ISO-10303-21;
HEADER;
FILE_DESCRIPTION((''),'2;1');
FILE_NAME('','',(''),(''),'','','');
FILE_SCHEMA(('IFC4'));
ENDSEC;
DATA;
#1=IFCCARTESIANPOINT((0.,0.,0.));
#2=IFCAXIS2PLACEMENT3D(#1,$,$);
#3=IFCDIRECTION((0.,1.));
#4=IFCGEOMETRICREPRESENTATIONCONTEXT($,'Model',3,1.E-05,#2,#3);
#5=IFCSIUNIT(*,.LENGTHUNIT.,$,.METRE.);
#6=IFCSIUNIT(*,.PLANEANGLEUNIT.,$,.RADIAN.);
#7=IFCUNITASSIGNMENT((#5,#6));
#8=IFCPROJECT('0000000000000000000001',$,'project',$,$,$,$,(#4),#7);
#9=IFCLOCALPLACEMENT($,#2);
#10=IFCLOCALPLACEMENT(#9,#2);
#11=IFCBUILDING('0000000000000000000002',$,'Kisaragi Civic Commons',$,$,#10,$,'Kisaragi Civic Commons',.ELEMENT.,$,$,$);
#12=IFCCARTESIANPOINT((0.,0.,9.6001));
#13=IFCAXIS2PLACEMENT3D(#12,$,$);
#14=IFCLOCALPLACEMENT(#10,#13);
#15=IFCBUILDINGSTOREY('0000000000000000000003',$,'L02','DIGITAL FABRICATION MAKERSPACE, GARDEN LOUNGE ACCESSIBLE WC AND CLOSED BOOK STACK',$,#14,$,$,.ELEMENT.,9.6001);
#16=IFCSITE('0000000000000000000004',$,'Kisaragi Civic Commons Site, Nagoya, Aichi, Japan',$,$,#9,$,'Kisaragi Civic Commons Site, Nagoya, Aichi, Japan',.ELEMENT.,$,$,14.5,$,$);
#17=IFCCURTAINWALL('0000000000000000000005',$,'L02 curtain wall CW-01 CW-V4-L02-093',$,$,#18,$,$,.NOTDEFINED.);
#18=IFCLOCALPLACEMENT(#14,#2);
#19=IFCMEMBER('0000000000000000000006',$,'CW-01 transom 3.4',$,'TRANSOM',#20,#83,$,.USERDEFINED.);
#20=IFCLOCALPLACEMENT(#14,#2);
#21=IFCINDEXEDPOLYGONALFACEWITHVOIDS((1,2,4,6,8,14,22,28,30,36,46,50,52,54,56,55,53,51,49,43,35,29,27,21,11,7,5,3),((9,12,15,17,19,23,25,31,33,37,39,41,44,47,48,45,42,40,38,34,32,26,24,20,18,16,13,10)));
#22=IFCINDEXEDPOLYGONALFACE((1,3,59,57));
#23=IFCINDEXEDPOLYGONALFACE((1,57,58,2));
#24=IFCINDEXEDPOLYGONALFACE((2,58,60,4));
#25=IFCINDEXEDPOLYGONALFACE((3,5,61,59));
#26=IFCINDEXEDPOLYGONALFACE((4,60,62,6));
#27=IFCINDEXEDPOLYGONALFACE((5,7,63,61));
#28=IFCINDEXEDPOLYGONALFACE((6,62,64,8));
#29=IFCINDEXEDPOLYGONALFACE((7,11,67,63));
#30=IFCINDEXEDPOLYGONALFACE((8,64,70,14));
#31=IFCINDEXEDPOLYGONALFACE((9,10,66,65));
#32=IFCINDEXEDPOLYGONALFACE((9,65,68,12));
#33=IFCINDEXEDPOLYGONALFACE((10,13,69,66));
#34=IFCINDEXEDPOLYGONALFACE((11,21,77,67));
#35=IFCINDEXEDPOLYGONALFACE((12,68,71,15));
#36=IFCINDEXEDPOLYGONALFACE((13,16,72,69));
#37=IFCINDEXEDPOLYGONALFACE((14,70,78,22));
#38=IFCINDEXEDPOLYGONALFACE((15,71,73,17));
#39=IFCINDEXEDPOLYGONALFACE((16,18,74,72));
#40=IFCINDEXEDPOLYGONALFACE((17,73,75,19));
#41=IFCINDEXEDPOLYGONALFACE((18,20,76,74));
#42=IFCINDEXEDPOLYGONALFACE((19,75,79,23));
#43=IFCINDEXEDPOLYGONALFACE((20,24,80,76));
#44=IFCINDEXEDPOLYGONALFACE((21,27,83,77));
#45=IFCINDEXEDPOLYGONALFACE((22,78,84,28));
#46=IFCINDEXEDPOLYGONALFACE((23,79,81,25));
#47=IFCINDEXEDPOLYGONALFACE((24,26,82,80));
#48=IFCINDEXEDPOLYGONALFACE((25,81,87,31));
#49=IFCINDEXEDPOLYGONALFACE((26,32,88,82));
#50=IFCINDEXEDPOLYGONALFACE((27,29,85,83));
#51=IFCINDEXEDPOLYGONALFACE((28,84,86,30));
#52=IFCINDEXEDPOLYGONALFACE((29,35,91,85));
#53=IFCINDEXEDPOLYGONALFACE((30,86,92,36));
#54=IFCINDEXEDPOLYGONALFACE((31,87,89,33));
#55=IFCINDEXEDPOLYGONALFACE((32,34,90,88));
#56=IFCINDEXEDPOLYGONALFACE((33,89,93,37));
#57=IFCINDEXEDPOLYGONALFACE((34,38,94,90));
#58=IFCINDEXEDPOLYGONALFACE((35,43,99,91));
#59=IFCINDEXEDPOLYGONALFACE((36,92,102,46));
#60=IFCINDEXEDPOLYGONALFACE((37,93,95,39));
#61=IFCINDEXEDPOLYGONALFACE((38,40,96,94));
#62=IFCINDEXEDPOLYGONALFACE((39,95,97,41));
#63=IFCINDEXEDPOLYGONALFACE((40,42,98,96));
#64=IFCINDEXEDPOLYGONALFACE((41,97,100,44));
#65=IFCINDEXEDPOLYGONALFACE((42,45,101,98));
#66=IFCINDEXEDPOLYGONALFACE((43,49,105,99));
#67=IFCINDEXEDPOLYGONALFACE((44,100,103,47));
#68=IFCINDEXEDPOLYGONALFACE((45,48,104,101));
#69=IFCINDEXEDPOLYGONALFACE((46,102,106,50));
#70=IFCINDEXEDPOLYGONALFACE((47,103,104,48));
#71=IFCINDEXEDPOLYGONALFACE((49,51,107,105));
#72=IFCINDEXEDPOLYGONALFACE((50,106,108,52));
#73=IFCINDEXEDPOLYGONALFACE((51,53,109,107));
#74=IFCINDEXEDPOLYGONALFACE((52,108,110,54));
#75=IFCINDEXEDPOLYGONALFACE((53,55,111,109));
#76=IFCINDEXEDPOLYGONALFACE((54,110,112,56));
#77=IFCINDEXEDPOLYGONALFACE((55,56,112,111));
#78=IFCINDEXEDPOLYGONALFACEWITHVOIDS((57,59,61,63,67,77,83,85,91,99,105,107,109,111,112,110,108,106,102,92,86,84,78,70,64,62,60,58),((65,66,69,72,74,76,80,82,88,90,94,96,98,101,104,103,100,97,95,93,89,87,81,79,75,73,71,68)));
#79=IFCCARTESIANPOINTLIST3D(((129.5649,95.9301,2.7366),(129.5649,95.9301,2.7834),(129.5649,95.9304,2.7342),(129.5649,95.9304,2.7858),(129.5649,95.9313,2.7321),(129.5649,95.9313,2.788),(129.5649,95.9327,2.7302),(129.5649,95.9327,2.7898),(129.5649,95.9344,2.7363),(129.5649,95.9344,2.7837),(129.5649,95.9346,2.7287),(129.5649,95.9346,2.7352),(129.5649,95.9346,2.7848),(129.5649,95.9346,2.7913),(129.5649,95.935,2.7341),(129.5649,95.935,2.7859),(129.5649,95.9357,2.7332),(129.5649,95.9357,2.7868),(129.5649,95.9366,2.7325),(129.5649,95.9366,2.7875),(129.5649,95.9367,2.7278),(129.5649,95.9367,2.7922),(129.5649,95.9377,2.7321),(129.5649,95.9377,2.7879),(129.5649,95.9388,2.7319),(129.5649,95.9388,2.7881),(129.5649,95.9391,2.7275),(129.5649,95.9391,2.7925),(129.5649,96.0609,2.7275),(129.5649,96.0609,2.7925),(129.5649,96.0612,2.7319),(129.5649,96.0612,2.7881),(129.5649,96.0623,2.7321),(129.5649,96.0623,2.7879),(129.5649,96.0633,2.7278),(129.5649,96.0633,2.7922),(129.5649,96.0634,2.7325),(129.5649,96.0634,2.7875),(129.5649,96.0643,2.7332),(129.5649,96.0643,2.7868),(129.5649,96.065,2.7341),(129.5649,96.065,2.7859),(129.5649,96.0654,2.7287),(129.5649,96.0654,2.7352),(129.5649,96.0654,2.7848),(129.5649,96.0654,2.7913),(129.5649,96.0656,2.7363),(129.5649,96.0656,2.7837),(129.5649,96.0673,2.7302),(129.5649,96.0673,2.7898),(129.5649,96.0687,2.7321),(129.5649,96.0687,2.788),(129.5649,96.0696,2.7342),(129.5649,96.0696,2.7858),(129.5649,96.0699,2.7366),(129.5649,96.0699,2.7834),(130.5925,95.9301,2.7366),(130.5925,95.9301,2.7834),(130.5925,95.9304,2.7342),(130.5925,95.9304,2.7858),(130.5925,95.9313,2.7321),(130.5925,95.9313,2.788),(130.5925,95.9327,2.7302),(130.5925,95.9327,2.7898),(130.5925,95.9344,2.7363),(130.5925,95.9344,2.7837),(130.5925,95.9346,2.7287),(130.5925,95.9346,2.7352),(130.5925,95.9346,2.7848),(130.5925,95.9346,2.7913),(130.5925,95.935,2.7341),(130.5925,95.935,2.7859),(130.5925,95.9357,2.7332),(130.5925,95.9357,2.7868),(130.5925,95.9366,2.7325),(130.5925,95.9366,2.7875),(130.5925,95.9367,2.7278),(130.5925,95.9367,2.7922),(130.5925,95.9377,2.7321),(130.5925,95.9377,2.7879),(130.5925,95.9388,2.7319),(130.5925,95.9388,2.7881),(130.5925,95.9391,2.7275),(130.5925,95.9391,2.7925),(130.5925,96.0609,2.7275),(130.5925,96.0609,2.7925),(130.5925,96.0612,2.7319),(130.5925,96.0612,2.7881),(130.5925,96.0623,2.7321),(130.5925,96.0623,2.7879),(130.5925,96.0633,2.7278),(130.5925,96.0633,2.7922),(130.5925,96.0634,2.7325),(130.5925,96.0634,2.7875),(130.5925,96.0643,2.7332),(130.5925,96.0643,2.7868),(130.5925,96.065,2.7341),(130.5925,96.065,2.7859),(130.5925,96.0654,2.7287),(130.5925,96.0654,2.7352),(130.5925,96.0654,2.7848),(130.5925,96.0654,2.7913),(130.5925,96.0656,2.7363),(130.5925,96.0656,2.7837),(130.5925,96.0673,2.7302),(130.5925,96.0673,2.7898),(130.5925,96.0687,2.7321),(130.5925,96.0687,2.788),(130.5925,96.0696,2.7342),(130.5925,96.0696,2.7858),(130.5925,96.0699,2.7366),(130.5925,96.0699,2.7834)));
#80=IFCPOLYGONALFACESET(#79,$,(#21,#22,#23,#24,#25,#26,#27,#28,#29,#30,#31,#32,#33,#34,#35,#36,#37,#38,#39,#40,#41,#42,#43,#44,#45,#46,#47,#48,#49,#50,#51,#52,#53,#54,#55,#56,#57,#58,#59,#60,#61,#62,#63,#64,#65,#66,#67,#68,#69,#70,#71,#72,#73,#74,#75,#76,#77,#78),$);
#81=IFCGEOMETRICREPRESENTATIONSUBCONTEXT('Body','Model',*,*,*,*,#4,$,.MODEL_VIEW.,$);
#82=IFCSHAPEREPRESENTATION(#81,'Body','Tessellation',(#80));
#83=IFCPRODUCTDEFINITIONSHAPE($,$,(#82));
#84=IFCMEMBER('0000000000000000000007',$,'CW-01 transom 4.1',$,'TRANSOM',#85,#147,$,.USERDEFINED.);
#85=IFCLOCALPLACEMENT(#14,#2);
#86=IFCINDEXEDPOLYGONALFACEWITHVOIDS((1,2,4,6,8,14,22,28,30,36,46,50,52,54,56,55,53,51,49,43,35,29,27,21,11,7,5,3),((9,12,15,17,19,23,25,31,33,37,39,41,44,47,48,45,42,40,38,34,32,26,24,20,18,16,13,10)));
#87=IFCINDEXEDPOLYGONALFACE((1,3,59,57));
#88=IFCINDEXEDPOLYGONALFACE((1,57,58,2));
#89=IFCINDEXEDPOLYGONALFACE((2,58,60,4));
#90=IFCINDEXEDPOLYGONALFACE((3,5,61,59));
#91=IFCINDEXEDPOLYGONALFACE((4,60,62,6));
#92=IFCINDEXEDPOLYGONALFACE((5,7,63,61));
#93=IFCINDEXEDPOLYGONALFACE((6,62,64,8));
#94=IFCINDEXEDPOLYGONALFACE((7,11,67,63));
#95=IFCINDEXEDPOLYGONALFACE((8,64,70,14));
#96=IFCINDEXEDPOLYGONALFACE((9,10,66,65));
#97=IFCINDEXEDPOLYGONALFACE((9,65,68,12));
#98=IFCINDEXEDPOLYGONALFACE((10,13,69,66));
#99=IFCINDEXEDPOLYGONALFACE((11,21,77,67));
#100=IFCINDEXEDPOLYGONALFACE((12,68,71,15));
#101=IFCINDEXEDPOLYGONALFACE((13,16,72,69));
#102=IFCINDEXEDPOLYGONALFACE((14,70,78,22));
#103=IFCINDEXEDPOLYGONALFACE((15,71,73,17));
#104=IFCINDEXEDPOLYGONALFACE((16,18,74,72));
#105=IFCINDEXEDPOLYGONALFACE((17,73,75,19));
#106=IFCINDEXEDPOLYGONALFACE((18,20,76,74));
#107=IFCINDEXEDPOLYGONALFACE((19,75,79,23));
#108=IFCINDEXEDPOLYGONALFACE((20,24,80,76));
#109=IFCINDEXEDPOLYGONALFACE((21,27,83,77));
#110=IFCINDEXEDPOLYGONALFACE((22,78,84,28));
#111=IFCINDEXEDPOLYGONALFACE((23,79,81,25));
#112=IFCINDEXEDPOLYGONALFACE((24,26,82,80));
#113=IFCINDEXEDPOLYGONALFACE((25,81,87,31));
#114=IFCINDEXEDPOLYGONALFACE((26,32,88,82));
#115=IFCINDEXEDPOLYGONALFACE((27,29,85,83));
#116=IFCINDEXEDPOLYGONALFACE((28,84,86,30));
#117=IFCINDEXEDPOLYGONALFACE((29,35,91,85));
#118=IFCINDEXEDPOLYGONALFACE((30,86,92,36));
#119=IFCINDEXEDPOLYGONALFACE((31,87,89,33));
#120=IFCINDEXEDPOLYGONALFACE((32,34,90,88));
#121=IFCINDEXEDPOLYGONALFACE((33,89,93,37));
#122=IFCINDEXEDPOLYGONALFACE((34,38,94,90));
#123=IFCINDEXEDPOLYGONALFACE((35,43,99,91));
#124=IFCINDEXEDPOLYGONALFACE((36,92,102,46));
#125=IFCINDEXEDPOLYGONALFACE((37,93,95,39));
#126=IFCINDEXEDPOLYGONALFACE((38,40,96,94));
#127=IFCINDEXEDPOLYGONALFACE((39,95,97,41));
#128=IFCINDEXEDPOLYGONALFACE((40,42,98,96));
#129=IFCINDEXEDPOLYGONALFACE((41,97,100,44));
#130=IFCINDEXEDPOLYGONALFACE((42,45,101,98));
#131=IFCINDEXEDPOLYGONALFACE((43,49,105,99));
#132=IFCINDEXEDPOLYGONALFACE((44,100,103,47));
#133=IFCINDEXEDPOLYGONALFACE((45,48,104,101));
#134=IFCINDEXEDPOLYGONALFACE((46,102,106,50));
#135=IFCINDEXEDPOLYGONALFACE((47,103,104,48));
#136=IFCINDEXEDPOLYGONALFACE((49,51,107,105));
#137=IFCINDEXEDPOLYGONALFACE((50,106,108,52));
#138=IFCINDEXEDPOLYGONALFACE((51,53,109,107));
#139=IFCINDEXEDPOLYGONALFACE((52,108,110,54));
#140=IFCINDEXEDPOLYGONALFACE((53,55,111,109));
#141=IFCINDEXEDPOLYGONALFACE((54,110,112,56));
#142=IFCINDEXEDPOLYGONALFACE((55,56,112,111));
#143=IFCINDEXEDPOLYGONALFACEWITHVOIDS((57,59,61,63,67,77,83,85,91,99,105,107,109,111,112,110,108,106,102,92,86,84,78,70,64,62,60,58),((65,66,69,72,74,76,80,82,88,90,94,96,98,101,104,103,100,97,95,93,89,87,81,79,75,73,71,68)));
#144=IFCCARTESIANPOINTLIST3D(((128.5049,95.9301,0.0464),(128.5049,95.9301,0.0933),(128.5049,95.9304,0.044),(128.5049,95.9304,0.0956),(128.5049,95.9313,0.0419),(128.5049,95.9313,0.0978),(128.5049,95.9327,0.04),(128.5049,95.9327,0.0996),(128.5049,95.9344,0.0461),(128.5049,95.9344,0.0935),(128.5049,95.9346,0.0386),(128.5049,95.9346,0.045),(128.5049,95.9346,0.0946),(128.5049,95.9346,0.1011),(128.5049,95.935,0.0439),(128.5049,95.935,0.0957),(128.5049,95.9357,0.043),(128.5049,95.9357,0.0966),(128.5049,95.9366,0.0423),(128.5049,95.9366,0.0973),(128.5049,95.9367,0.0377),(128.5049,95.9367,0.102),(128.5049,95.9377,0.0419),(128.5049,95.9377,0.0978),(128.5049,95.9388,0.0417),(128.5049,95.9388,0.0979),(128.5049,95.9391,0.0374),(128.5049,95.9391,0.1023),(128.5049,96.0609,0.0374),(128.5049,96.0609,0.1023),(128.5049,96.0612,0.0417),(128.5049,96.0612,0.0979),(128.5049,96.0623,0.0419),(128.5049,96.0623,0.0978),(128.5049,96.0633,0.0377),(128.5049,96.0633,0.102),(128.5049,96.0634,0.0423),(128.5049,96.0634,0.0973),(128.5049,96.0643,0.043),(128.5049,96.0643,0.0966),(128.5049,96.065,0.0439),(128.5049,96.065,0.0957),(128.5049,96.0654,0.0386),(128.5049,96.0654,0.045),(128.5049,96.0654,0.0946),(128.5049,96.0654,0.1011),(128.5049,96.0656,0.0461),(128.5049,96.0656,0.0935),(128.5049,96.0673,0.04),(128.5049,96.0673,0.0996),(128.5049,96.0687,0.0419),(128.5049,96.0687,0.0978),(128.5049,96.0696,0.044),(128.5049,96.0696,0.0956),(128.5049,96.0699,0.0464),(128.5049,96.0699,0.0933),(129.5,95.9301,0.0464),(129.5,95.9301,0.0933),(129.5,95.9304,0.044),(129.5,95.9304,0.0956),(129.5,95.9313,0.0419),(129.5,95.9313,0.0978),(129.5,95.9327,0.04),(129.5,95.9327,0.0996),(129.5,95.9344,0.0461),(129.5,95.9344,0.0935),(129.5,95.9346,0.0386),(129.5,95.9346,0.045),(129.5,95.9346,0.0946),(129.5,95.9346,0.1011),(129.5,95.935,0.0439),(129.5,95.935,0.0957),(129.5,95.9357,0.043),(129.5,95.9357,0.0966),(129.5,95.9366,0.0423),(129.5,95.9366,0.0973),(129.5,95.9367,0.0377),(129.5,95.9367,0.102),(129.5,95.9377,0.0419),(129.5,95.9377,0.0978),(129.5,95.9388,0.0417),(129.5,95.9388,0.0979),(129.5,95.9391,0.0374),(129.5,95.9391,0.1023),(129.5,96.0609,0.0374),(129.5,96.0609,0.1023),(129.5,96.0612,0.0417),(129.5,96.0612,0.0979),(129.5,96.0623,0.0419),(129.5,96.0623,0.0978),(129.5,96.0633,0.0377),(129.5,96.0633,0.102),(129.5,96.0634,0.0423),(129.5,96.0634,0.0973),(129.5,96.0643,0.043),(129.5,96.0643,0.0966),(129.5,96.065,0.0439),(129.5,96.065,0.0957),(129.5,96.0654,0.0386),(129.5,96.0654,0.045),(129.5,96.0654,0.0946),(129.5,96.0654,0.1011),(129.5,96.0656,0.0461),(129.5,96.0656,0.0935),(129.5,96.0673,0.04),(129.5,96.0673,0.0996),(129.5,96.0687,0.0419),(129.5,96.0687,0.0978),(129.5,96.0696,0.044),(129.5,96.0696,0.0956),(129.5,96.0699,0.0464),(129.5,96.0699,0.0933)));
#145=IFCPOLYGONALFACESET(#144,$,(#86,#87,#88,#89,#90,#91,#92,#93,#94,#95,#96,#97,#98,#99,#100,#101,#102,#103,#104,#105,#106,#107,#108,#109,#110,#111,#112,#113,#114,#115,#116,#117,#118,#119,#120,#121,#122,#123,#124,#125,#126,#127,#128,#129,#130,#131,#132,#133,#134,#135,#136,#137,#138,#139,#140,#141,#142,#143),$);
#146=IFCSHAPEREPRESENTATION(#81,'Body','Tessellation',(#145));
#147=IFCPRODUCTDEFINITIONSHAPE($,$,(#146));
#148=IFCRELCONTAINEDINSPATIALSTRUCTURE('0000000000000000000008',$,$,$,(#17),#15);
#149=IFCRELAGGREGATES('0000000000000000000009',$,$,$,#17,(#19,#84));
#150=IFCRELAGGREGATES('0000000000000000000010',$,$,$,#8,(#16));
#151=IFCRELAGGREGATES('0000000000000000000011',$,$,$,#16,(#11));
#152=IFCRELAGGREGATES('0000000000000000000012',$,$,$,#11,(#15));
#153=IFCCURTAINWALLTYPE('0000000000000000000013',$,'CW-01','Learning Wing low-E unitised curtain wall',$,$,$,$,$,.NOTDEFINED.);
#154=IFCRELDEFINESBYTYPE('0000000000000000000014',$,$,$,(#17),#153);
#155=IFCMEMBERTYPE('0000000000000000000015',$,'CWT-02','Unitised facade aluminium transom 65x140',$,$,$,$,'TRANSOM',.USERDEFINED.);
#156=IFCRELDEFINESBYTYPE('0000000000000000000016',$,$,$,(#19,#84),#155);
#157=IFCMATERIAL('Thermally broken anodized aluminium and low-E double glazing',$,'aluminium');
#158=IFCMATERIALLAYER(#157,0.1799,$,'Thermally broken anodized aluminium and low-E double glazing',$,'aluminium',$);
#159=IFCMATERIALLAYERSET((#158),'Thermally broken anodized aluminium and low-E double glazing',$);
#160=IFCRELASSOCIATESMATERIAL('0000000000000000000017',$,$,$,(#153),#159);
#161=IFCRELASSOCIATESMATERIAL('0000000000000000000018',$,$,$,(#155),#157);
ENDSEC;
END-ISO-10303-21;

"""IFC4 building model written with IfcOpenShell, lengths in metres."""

from ifc_helpers import new_model, si_unit, direction, frame, origin, origin_2d, place, context, subcontext, project, spatial, hollow_rectangle, extrude, material, layer, layer_set, material_profile, profile_set, type_object, element, aggregate, save


model = new_model("IFC4")

# Units and contexts
model_context = context("Model", 3, precision=1e-05, world=origin(), true_north=direction((0.0, 1.0)))
body_context = subcontext(model_context, "Body", "Model", "MODEL_VIEW")
ifc_project = project(units=[si_unit("LENGTHUNIT", "METRE"), si_unit("PLANEANGLEUNIT", "RADIAN")], contexts=[model_context])

# Site, building, storey
site_placement = place(None, origin())
site = spatial("IfcSite", under=ifc_project, at=site_placement, Name="Kisaragi Civic Commons Site, Nagoya, Aichi, Japan", LongName="Kisaragi Civic Commons Site, Nagoya, Aichi, Japan", CompositionType="ELEMENT", RefElevation=14.5)
building_placement = place(site_placement, origin())
building = spatial("IfcBuilding", under=site, at=building_placement, Name="Kisaragi Civic Commons", LongName="Kisaragi Civic Commons", CompositionType="ELEMENT")
storey_placement = place(building_placement, frame((0.0, 0.0, 9.6001)))
storey = spatial("IfcBuildingStorey", under=building, at=storey_placement, Name="L02", Description="DIGITAL FABRICATION MAKERSPACE, GARDEN LOUNGE ACCESSIBLE WC AND CLOSED BOOK STACK", CompositionType="ELEMENT", Elevation=9.6001)

# Curtain wall
ifc_material = material(Name="Thermally broken anodized aluminium and low-E double glazing", Category="aluminium")
ifc_layer_1 = layer(ifc_material, 0.1799, Name="Thermally broken anodized aluminium and low-E double glazing", Category="aluminium")
ifc_layer_set_1 = layer_set([ifc_layer_1], Name="Thermally broken anodized aluminium and low-E double glazing")
curtain_wall_type = type_object("IfcCurtainWallType", Name="CW-01", Description="Learning Wing low-E unitised curtain wall", PredefinedType="NOTDEFINED", material=ifc_layer_set_1)
curtain_wall_1_placement = place(storey_placement, origin())
curtain_wall_1 = element("IfcCurtainWall", 1, at=curtain_wall_1_placement, inside=storey, type_object=curtain_wall_type, Name="L02 curtain wall CW-01 CW-V4-L02-093", PredefinedType="NOTDEFINED")

# Members
ifc_material_profile_1 = material_profile(ifc_material, hollow_rectangle(XDim=0.1399, YDim=0.0649, WallThickness=0.0044, InnerFilletRadius=0.0044, OuterFilletRadius=0.009, at=origin_2d()), Name="CWT-65x140x4.5", Category="aluminium")
ifc_profile_set_1 = profile_set([ifc_material_profile_1], Name="Thermally broken anodized aluminium and low-E double glazing")
member_type_1 = type_object("IfcMemberType", Name="CWT-02", Description="Unitised facade aluminium transom 65x140", ElementType="TRANSOM", PredefinedType="USERDEFINED", material=ifc_profile_set_1)
member_1_placement = place(storey_placement, frame((130.5925, 96.0, 2.76), z_axis=(-1.0, 0.0, 0.0), x_axis=(0.0, -1.0, 0.0)))
member_1 = element("IfcMember", 2, at=member_1_placement, type_object=member_type_1, Name="CW-01 transom 3.4", ObjectType="TRANSOM", PredefinedType="USERDEFINED", context=body_context, shape_type="SweptSolid", body=[
    extrude(hollow_rectangle(XDim=0.1399, YDim=0.0649, WallThickness=0.0044, InnerFilletRadius=0.0044, OuterFilletRadius=0.009, at=origin_2d()), origin(), (0.0, 0.0, 1.0), 1.0276),
])
member_2_placement = place(storey_placement, frame((129.5, 96.0, 0.0698), z_axis=(-1.0, 0.0, 0.0), x_axis=(0.0, -1.0, 0.0)))
member_2 = element("IfcMember", 3, at=member_2_placement, type_object=member_type_1, Name="CW-01 transom 4.1", ObjectType="TRANSOM", PredefinedType="USERDEFINED", context=body_context, shape_type="SweptSolid", body=[
    extrude(hollow_rectangle(XDim=0.1399, YDim=0.0649, WallThickness=0.0044, InnerFilletRadius=0.0044, OuterFilletRadius=0.009, at=origin_2d()), origin(), (0.0, 0.0, 1.0), 0.9951),
])

aggregate(curtain_wall_1, [member_1, member_2])

save(model, "model.ifc")
